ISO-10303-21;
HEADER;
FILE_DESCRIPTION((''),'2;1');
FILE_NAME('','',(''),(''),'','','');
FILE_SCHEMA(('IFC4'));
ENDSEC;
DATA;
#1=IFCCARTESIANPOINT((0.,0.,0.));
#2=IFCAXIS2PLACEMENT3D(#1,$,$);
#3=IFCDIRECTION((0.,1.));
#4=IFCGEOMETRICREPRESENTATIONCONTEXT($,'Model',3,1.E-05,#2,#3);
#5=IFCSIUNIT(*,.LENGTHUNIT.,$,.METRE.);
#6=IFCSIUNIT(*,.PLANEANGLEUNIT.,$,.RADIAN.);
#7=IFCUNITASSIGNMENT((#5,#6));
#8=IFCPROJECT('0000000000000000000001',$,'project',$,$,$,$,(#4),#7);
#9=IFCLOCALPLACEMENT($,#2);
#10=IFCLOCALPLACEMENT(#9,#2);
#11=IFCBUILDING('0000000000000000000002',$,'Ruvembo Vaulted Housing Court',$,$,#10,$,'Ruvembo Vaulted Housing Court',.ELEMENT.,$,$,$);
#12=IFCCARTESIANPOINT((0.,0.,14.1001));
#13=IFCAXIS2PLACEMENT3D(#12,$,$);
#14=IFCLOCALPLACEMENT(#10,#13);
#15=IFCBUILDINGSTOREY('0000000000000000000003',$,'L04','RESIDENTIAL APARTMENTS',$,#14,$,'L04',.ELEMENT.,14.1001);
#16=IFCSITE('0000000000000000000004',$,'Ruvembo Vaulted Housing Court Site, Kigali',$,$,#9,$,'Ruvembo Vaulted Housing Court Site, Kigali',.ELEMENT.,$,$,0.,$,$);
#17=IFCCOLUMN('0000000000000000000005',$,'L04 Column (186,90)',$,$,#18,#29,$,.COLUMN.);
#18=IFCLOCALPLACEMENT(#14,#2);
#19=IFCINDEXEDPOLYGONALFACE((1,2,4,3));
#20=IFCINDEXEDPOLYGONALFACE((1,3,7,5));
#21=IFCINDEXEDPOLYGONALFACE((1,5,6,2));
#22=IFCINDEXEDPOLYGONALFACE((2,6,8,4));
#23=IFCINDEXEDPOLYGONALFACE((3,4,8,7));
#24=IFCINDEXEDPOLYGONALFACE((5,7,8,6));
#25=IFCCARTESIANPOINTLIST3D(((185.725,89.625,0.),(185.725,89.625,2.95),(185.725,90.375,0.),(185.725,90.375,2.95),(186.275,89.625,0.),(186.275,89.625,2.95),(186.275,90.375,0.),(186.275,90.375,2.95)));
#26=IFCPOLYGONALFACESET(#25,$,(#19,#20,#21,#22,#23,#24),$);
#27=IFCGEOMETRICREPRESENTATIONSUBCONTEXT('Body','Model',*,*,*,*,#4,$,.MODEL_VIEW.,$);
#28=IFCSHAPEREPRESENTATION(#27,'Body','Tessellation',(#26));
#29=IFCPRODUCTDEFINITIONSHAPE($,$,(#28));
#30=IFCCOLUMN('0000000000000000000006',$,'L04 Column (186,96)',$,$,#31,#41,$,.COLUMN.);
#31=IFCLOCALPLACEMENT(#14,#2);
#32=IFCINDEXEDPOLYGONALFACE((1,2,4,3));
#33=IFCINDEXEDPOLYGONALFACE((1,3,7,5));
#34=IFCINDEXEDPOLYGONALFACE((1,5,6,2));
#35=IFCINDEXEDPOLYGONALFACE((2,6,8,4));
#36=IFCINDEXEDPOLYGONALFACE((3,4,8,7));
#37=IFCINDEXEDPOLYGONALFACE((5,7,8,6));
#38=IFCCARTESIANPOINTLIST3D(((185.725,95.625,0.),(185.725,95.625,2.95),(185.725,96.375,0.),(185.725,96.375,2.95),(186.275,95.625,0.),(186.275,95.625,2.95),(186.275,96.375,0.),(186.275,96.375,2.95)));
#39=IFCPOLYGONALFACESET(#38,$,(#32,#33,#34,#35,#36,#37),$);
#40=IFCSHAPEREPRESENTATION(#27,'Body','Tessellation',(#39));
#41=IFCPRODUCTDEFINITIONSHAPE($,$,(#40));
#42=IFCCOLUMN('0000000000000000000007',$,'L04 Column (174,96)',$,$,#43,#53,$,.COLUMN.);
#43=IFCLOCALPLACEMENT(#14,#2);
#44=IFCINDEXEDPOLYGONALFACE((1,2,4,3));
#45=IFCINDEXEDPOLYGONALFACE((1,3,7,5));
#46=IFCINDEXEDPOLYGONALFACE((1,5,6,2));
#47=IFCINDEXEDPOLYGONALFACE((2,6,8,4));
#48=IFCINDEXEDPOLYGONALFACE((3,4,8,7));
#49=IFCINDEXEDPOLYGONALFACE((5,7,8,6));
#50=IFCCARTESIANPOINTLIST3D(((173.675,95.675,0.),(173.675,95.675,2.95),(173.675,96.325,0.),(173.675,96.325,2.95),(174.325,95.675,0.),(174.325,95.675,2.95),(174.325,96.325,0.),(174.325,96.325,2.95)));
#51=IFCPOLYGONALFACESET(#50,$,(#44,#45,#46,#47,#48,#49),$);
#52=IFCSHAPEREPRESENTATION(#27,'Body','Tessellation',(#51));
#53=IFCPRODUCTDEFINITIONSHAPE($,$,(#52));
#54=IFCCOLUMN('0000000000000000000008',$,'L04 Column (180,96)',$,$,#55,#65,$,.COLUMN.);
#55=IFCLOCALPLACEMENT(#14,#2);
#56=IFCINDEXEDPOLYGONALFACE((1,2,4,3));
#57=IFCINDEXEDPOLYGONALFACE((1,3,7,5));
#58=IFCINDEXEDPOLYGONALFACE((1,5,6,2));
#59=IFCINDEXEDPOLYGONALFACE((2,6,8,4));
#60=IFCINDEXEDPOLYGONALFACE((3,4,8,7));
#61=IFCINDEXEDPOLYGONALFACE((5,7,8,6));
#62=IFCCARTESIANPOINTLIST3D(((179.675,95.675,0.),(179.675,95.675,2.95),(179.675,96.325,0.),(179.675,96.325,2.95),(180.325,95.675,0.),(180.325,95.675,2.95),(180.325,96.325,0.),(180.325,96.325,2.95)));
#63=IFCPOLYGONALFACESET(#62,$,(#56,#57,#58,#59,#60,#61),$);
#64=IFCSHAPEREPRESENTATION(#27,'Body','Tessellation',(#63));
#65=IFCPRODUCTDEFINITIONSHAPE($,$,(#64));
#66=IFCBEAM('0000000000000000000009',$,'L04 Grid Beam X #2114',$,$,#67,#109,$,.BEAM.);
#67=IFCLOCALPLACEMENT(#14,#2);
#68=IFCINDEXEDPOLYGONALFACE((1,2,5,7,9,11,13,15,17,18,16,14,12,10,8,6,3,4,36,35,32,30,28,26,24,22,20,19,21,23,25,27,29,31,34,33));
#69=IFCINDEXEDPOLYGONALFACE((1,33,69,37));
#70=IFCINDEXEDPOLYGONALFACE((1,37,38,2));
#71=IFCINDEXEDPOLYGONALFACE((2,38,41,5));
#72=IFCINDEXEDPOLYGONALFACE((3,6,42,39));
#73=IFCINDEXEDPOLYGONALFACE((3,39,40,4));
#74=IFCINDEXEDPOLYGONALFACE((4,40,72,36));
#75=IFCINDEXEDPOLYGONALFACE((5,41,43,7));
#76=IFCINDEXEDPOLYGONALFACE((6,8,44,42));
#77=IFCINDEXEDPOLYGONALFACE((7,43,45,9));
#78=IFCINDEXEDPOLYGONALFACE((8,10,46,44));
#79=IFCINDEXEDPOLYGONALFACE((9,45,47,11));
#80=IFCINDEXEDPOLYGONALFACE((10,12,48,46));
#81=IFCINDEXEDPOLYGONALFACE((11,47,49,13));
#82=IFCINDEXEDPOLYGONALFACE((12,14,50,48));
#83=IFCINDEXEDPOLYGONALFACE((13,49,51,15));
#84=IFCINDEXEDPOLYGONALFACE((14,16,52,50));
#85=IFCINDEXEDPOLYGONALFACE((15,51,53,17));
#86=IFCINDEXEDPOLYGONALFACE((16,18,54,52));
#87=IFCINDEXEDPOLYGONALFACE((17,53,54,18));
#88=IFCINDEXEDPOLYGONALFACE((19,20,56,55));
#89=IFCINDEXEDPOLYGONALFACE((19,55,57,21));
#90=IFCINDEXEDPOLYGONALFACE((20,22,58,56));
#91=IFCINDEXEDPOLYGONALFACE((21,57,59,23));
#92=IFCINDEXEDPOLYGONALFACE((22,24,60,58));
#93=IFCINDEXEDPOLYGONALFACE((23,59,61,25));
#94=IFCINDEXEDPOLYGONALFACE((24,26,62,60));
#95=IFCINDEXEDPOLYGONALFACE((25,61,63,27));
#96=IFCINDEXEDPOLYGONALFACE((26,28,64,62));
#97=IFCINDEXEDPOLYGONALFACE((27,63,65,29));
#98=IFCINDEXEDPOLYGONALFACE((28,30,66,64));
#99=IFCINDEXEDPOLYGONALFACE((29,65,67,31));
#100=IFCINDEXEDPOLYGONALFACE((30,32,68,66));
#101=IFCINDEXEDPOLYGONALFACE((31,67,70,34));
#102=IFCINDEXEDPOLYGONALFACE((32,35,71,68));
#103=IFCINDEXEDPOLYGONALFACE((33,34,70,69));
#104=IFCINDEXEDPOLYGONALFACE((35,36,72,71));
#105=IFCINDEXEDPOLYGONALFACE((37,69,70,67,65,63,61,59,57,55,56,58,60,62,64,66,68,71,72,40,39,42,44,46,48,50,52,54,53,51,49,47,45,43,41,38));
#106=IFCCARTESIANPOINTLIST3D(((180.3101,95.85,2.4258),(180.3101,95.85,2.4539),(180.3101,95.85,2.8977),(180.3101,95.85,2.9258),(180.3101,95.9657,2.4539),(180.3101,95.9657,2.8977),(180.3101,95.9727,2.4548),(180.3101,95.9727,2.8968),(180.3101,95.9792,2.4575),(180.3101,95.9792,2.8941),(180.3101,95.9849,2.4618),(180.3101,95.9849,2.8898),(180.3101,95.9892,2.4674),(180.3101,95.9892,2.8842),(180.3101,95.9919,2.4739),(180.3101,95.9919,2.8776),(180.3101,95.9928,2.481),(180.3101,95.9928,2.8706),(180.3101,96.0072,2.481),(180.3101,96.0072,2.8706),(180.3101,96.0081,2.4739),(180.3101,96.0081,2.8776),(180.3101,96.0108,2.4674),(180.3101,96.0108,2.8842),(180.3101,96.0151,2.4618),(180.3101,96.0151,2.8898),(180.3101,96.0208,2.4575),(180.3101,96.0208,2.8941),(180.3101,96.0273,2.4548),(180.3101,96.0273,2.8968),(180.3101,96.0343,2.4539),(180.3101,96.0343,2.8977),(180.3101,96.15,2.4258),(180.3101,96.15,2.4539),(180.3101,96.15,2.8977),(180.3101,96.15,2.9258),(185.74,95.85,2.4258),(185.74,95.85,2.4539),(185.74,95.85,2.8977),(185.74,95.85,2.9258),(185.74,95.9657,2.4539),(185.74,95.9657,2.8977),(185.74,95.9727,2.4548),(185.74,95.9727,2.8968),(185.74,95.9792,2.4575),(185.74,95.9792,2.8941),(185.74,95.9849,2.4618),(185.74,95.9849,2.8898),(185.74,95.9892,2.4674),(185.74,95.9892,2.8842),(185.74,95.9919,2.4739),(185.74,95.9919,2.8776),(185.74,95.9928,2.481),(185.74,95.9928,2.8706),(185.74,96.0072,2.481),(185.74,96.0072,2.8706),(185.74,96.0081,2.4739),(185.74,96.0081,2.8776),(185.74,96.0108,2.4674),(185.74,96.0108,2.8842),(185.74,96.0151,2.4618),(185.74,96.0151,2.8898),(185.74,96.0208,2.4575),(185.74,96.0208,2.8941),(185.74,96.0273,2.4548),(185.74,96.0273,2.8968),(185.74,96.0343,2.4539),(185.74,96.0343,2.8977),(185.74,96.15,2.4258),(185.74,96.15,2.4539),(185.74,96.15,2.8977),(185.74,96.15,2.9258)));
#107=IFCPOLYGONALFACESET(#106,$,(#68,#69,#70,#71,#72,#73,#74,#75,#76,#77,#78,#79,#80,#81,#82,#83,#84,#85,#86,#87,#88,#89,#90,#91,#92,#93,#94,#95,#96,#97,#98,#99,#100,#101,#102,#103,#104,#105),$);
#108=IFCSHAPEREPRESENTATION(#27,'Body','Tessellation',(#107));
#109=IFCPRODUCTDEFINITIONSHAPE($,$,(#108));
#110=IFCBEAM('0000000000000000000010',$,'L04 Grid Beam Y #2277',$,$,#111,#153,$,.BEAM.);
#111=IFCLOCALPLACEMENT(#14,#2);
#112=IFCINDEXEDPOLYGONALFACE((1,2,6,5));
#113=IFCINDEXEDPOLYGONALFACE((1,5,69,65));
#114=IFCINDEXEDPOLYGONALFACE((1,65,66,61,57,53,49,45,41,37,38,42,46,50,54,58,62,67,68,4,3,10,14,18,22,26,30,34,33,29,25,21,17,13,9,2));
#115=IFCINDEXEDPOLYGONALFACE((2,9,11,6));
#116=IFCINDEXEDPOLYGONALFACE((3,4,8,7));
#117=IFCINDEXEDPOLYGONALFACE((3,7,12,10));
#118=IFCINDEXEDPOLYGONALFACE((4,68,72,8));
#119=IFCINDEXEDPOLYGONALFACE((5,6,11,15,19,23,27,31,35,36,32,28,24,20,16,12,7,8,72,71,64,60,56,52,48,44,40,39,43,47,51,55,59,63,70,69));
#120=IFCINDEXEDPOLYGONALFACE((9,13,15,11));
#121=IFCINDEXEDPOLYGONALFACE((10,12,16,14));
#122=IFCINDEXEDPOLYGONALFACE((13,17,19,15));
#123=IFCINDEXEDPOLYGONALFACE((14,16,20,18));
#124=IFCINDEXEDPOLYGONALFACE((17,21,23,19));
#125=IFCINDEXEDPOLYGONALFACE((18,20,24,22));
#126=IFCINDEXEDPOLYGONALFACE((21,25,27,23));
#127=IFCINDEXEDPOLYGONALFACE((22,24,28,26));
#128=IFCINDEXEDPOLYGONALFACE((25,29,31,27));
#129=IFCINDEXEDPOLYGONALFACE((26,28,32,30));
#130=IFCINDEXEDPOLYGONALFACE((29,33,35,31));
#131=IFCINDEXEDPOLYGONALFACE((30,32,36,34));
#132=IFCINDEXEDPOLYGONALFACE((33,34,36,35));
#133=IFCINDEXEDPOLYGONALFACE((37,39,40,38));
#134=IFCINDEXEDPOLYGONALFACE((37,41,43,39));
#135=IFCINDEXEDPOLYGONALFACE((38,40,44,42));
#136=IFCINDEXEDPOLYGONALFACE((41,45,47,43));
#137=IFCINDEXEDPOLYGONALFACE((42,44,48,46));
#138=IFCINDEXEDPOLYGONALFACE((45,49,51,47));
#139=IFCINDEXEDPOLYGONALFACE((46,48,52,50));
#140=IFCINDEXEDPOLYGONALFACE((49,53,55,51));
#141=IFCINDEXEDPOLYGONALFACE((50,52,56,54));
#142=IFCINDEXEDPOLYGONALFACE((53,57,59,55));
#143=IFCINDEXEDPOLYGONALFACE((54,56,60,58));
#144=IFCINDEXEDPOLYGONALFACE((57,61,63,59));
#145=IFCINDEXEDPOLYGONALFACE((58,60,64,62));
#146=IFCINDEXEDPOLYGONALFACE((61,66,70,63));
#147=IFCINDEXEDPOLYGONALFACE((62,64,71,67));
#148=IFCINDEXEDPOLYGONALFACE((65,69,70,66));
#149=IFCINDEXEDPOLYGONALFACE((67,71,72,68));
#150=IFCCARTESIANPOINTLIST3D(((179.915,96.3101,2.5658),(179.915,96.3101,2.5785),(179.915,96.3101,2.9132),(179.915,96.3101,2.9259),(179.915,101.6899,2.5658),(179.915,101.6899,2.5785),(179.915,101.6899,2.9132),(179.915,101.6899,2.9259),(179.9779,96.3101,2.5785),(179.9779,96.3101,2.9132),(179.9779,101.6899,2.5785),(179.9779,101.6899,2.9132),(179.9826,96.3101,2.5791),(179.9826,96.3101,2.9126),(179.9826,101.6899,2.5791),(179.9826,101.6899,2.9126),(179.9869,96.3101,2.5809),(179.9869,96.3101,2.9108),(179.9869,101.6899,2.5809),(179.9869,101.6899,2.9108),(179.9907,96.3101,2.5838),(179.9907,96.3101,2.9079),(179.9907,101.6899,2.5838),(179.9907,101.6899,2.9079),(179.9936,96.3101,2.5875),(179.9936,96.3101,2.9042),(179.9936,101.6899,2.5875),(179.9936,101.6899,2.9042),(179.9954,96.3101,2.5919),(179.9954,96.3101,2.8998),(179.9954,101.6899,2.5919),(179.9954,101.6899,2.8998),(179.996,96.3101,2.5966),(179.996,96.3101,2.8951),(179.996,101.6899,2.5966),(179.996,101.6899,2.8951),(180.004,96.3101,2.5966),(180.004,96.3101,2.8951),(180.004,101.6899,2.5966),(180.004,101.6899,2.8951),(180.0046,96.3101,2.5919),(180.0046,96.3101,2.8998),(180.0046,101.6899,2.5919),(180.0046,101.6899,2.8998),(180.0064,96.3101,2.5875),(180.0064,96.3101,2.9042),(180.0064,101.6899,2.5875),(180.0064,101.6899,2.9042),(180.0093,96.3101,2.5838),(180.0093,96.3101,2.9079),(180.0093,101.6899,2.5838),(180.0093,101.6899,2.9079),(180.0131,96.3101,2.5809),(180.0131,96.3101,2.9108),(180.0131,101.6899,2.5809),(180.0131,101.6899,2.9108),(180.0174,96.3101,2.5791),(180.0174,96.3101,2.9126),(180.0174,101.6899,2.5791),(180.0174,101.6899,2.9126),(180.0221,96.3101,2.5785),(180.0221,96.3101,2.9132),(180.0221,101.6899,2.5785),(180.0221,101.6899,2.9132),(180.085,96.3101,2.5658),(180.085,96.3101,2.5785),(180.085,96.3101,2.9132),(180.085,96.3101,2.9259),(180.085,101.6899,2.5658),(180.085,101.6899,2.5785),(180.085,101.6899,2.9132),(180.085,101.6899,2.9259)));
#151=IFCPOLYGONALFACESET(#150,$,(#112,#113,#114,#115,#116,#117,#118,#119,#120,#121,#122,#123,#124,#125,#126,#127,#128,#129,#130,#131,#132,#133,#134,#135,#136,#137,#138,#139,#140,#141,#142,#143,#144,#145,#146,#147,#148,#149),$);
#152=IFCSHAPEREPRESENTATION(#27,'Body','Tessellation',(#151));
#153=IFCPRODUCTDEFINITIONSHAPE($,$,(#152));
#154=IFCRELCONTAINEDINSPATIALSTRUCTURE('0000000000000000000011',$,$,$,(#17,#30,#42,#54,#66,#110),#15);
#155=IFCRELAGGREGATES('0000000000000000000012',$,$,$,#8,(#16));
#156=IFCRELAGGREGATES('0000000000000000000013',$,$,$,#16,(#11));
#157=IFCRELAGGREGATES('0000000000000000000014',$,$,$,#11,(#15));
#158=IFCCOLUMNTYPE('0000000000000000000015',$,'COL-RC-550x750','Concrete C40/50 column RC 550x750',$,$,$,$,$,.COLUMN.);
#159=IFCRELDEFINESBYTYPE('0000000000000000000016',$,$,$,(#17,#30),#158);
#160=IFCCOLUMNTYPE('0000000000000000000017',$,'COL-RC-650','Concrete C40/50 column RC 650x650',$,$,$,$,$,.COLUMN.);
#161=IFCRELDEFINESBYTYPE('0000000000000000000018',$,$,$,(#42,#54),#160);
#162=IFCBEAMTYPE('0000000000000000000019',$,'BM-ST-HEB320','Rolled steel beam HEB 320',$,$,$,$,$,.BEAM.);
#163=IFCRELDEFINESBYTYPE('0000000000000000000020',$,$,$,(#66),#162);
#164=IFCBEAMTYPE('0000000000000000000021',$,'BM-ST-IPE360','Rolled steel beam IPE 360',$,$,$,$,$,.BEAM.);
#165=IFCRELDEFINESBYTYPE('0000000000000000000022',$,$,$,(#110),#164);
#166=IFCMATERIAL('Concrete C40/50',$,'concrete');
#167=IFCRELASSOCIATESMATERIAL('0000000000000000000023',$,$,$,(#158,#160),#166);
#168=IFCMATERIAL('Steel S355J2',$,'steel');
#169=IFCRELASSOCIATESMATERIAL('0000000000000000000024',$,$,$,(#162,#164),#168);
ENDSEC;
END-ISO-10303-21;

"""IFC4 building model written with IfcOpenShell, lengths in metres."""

from ifc_helpers import new_model, si_unit, direction, frame, origin, origin_2d, place, context, subcontext, project, spatial, rectangle, i_section, extrude, material, material_profile, profile_set, type_object, element, save


model = new_model("IFC4")

# Units and contexts
model_context = context("Model", 3, precision=1e-05, world=origin(), true_north=direction((0.0, 1.0)))
body_context = subcontext(model_context, "Body", "Model", "MODEL_VIEW")
ifc_project = project(units=[si_unit("LENGTHUNIT", "METRE"), si_unit("PLANEANGLEUNIT", "RADIAN")], contexts=[model_context])

# Site, building, storey
site_placement = place(None, origin())
site = spatial("IfcSite", under=ifc_project, at=site_placement, Name="Ruvembo Vaulted Housing Court Site, Kigali", LongName="Ruvembo Vaulted Housing Court Site, Kigali", CompositionType="ELEMENT", RefElevation=0.0)
building_placement = place(site_placement, origin())
building = spatial("IfcBuilding", under=site, at=building_placement, Name="Ruvembo Vaulted Housing Court", LongName="Ruvembo Vaulted Housing Court", CompositionType="ELEMENT")
storey_placement = place(building_placement, frame((0.0, 0.0, 14.1001)))
storey = spatial("IfcBuildingStorey", under=building, at=storey_placement, Name="L04", Description="RESIDENTIAL APARTMENTS", LongName="L04", CompositionType="ELEMENT", Elevation=14.1001)

# Columns
ifc_material_1 = material(Name="Concrete C40/50", Category="concrete")
ifc_material_profile_1 = material_profile(ifc_material_1, rectangle(XDim=0.55, YDim=0.75, at=origin_2d()), Name="RC 550x750")
ifc_profile_set_1 = profile_set([ifc_material_profile_1], Name="Concrete C40/50")
column_type_1 = type_object("IfcColumnType", Name="COL-RC-550x750", Description="Concrete C40/50 column RC 550x750", PredefinedType="COLUMN", material=ifc_profile_set_1)
for number, where, z_axis, x_axis, name in (
    (1, (186.0, 90.0, 0.0), (0.0, 0.0, 1.0), (1.0, 0.0, 0.0), "L04 Column (186,90)"),
    (2, (186.0, 96.0, 0.0), (0.0, 0.0, 1.0), (1.0, 0.0, 0.0), "L04 Column (186,96)"),
):
    element("IfcColumn", number, at=place(storey_placement, frame(where, z_axis=z_axis, x_axis=x_axis)), inside=storey, type_object=column_type_1, Name=name, PredefinedType="COLUMN", context=body_context, shape_type="SweptSolid", body=[
        extrude(rectangle(XDim=0.55, YDim=0.75, at=origin_2d()), origin(), (0.0, 0.0, 1.0), 2.95),
    ])
ifc_material_profile_2 = material_profile(ifc_material_1, rectangle(XDim=0.6499, YDim=0.6499, at=origin_2d()), Name="RC 650x650")
ifc_profile_set_2 = profile_set([ifc_material_profile_2], Name="Concrete C40/50")
column_type_2 = type_object("IfcColumnType", Name="COL-RC-650", Description="Concrete C40/50 column RC 650x650", PredefinedType="COLUMN", material=ifc_profile_set_2)
for number, where, z_axis, x_axis, name in (
    (3, (174.0, 96.0, 0.0), (0.0, 0.0, 1.0), (1.0, 0.0, 0.0), "L04 Column (174,96)"),
    (4, (180.0, 96.0, 0.0), (0.0, 0.0, 1.0), (1.0, 0.0, 0.0), "L04 Column (180,96)"),
):
    element("IfcColumn", number, at=place(storey_placement, frame(where, z_axis=z_axis, x_axis=x_axis)), inside=storey, type_object=column_type_2, Name=name, PredefinedType="COLUMN", context=body_context, shape_type="SweptSolid", body=[
        extrude(rectangle(XDim=0.6499, YDim=0.6499, at=origin_2d()), origin(), (0.0, 0.0, 1.0), 2.95),
    ])

# Beams
ifc_material_2 = material(Name="Steel S355J2", Category="steel")
ifc_material_profile_3 = material_profile(ifc_material_2, i_section(OverallWidth=0.3, OverallDepth=0.5, WebThickness=0.0144, FlangeThickness=0.0281, FilletRadius=0.0271, at=origin_2d()), Name="HEB 320")
ifc_profile_set_3 = profile_set([ifc_material_profile_3], Name="Steel S355J2")
beam_type_1 = type_object("IfcBeamType", Name="BM-ST-HEB320", Description="Rolled steel beam HEB 320", PredefinedType="BEAM", material=ifc_profile_set_3)
beam_1_placement = place(storey_placement, frame((180.3101, 96.0, 2.6758), z_axis=(1.0, 0.0, 0.0), x_axis=(0.0, 1.0, 0.0)))
element("IfcBeam", 5, at=beam_1_placement, inside=storey, type_object=beam_type_1, Name="L04 Grid Beam X #2114", PredefinedType="BEAM", context=body_context, shape_type="SweptSolid", body=[
    extrude(i_section(OverallWidth=0.3, OverallDepth=0.5, WebThickness=0.0144, FlangeThickness=0.0281, FilletRadius=0.0271, at=origin_2d()), origin(), (0.0, 0.0, 1.0), 5.4299),
])
ifc_material_profile_4 = material_profile(ifc_material_2, i_section(OverallWidth=0.1699, OverallDepth=0.3601, WebThickness=0.0081, FlangeThickness=0.0127, FilletRadius=0.0181, at=origin_2d()), Name="IPE 360")
ifc_profile_set_4 = profile_set([ifc_material_profile_4], Name="Steel S355J2")
beam_type_2 = type_object("IfcBeamType", Name="BM-ST-IPE360", Description="Rolled steel beam IPE 360", PredefinedType="BEAM", material=ifc_profile_set_4)
beam_2_placement = place(storey_placement, frame((180.0, 96.3101, 2.7458), z_axis=(0.0, 1.0, 0.0), x_axis=(-1.0, 0.0, 0.0)))
element("IfcBeam", 6, at=beam_2_placement, inside=storey, type_object=beam_type_2, Name="L04 Grid Beam Y #2277", PredefinedType="BEAM", context=body_context, shape_type="SweptSolid", body=[
    extrude(i_section(OverallWidth=0.1699, OverallDepth=0.3601, WebThickness=0.0081, FlangeThickness=0.0127, FilletRadius=0.0181, at=origin_2d()), origin(), (0.0, 0.0, 1.0), 5.3799),
])

save(model, "model.ifc")
